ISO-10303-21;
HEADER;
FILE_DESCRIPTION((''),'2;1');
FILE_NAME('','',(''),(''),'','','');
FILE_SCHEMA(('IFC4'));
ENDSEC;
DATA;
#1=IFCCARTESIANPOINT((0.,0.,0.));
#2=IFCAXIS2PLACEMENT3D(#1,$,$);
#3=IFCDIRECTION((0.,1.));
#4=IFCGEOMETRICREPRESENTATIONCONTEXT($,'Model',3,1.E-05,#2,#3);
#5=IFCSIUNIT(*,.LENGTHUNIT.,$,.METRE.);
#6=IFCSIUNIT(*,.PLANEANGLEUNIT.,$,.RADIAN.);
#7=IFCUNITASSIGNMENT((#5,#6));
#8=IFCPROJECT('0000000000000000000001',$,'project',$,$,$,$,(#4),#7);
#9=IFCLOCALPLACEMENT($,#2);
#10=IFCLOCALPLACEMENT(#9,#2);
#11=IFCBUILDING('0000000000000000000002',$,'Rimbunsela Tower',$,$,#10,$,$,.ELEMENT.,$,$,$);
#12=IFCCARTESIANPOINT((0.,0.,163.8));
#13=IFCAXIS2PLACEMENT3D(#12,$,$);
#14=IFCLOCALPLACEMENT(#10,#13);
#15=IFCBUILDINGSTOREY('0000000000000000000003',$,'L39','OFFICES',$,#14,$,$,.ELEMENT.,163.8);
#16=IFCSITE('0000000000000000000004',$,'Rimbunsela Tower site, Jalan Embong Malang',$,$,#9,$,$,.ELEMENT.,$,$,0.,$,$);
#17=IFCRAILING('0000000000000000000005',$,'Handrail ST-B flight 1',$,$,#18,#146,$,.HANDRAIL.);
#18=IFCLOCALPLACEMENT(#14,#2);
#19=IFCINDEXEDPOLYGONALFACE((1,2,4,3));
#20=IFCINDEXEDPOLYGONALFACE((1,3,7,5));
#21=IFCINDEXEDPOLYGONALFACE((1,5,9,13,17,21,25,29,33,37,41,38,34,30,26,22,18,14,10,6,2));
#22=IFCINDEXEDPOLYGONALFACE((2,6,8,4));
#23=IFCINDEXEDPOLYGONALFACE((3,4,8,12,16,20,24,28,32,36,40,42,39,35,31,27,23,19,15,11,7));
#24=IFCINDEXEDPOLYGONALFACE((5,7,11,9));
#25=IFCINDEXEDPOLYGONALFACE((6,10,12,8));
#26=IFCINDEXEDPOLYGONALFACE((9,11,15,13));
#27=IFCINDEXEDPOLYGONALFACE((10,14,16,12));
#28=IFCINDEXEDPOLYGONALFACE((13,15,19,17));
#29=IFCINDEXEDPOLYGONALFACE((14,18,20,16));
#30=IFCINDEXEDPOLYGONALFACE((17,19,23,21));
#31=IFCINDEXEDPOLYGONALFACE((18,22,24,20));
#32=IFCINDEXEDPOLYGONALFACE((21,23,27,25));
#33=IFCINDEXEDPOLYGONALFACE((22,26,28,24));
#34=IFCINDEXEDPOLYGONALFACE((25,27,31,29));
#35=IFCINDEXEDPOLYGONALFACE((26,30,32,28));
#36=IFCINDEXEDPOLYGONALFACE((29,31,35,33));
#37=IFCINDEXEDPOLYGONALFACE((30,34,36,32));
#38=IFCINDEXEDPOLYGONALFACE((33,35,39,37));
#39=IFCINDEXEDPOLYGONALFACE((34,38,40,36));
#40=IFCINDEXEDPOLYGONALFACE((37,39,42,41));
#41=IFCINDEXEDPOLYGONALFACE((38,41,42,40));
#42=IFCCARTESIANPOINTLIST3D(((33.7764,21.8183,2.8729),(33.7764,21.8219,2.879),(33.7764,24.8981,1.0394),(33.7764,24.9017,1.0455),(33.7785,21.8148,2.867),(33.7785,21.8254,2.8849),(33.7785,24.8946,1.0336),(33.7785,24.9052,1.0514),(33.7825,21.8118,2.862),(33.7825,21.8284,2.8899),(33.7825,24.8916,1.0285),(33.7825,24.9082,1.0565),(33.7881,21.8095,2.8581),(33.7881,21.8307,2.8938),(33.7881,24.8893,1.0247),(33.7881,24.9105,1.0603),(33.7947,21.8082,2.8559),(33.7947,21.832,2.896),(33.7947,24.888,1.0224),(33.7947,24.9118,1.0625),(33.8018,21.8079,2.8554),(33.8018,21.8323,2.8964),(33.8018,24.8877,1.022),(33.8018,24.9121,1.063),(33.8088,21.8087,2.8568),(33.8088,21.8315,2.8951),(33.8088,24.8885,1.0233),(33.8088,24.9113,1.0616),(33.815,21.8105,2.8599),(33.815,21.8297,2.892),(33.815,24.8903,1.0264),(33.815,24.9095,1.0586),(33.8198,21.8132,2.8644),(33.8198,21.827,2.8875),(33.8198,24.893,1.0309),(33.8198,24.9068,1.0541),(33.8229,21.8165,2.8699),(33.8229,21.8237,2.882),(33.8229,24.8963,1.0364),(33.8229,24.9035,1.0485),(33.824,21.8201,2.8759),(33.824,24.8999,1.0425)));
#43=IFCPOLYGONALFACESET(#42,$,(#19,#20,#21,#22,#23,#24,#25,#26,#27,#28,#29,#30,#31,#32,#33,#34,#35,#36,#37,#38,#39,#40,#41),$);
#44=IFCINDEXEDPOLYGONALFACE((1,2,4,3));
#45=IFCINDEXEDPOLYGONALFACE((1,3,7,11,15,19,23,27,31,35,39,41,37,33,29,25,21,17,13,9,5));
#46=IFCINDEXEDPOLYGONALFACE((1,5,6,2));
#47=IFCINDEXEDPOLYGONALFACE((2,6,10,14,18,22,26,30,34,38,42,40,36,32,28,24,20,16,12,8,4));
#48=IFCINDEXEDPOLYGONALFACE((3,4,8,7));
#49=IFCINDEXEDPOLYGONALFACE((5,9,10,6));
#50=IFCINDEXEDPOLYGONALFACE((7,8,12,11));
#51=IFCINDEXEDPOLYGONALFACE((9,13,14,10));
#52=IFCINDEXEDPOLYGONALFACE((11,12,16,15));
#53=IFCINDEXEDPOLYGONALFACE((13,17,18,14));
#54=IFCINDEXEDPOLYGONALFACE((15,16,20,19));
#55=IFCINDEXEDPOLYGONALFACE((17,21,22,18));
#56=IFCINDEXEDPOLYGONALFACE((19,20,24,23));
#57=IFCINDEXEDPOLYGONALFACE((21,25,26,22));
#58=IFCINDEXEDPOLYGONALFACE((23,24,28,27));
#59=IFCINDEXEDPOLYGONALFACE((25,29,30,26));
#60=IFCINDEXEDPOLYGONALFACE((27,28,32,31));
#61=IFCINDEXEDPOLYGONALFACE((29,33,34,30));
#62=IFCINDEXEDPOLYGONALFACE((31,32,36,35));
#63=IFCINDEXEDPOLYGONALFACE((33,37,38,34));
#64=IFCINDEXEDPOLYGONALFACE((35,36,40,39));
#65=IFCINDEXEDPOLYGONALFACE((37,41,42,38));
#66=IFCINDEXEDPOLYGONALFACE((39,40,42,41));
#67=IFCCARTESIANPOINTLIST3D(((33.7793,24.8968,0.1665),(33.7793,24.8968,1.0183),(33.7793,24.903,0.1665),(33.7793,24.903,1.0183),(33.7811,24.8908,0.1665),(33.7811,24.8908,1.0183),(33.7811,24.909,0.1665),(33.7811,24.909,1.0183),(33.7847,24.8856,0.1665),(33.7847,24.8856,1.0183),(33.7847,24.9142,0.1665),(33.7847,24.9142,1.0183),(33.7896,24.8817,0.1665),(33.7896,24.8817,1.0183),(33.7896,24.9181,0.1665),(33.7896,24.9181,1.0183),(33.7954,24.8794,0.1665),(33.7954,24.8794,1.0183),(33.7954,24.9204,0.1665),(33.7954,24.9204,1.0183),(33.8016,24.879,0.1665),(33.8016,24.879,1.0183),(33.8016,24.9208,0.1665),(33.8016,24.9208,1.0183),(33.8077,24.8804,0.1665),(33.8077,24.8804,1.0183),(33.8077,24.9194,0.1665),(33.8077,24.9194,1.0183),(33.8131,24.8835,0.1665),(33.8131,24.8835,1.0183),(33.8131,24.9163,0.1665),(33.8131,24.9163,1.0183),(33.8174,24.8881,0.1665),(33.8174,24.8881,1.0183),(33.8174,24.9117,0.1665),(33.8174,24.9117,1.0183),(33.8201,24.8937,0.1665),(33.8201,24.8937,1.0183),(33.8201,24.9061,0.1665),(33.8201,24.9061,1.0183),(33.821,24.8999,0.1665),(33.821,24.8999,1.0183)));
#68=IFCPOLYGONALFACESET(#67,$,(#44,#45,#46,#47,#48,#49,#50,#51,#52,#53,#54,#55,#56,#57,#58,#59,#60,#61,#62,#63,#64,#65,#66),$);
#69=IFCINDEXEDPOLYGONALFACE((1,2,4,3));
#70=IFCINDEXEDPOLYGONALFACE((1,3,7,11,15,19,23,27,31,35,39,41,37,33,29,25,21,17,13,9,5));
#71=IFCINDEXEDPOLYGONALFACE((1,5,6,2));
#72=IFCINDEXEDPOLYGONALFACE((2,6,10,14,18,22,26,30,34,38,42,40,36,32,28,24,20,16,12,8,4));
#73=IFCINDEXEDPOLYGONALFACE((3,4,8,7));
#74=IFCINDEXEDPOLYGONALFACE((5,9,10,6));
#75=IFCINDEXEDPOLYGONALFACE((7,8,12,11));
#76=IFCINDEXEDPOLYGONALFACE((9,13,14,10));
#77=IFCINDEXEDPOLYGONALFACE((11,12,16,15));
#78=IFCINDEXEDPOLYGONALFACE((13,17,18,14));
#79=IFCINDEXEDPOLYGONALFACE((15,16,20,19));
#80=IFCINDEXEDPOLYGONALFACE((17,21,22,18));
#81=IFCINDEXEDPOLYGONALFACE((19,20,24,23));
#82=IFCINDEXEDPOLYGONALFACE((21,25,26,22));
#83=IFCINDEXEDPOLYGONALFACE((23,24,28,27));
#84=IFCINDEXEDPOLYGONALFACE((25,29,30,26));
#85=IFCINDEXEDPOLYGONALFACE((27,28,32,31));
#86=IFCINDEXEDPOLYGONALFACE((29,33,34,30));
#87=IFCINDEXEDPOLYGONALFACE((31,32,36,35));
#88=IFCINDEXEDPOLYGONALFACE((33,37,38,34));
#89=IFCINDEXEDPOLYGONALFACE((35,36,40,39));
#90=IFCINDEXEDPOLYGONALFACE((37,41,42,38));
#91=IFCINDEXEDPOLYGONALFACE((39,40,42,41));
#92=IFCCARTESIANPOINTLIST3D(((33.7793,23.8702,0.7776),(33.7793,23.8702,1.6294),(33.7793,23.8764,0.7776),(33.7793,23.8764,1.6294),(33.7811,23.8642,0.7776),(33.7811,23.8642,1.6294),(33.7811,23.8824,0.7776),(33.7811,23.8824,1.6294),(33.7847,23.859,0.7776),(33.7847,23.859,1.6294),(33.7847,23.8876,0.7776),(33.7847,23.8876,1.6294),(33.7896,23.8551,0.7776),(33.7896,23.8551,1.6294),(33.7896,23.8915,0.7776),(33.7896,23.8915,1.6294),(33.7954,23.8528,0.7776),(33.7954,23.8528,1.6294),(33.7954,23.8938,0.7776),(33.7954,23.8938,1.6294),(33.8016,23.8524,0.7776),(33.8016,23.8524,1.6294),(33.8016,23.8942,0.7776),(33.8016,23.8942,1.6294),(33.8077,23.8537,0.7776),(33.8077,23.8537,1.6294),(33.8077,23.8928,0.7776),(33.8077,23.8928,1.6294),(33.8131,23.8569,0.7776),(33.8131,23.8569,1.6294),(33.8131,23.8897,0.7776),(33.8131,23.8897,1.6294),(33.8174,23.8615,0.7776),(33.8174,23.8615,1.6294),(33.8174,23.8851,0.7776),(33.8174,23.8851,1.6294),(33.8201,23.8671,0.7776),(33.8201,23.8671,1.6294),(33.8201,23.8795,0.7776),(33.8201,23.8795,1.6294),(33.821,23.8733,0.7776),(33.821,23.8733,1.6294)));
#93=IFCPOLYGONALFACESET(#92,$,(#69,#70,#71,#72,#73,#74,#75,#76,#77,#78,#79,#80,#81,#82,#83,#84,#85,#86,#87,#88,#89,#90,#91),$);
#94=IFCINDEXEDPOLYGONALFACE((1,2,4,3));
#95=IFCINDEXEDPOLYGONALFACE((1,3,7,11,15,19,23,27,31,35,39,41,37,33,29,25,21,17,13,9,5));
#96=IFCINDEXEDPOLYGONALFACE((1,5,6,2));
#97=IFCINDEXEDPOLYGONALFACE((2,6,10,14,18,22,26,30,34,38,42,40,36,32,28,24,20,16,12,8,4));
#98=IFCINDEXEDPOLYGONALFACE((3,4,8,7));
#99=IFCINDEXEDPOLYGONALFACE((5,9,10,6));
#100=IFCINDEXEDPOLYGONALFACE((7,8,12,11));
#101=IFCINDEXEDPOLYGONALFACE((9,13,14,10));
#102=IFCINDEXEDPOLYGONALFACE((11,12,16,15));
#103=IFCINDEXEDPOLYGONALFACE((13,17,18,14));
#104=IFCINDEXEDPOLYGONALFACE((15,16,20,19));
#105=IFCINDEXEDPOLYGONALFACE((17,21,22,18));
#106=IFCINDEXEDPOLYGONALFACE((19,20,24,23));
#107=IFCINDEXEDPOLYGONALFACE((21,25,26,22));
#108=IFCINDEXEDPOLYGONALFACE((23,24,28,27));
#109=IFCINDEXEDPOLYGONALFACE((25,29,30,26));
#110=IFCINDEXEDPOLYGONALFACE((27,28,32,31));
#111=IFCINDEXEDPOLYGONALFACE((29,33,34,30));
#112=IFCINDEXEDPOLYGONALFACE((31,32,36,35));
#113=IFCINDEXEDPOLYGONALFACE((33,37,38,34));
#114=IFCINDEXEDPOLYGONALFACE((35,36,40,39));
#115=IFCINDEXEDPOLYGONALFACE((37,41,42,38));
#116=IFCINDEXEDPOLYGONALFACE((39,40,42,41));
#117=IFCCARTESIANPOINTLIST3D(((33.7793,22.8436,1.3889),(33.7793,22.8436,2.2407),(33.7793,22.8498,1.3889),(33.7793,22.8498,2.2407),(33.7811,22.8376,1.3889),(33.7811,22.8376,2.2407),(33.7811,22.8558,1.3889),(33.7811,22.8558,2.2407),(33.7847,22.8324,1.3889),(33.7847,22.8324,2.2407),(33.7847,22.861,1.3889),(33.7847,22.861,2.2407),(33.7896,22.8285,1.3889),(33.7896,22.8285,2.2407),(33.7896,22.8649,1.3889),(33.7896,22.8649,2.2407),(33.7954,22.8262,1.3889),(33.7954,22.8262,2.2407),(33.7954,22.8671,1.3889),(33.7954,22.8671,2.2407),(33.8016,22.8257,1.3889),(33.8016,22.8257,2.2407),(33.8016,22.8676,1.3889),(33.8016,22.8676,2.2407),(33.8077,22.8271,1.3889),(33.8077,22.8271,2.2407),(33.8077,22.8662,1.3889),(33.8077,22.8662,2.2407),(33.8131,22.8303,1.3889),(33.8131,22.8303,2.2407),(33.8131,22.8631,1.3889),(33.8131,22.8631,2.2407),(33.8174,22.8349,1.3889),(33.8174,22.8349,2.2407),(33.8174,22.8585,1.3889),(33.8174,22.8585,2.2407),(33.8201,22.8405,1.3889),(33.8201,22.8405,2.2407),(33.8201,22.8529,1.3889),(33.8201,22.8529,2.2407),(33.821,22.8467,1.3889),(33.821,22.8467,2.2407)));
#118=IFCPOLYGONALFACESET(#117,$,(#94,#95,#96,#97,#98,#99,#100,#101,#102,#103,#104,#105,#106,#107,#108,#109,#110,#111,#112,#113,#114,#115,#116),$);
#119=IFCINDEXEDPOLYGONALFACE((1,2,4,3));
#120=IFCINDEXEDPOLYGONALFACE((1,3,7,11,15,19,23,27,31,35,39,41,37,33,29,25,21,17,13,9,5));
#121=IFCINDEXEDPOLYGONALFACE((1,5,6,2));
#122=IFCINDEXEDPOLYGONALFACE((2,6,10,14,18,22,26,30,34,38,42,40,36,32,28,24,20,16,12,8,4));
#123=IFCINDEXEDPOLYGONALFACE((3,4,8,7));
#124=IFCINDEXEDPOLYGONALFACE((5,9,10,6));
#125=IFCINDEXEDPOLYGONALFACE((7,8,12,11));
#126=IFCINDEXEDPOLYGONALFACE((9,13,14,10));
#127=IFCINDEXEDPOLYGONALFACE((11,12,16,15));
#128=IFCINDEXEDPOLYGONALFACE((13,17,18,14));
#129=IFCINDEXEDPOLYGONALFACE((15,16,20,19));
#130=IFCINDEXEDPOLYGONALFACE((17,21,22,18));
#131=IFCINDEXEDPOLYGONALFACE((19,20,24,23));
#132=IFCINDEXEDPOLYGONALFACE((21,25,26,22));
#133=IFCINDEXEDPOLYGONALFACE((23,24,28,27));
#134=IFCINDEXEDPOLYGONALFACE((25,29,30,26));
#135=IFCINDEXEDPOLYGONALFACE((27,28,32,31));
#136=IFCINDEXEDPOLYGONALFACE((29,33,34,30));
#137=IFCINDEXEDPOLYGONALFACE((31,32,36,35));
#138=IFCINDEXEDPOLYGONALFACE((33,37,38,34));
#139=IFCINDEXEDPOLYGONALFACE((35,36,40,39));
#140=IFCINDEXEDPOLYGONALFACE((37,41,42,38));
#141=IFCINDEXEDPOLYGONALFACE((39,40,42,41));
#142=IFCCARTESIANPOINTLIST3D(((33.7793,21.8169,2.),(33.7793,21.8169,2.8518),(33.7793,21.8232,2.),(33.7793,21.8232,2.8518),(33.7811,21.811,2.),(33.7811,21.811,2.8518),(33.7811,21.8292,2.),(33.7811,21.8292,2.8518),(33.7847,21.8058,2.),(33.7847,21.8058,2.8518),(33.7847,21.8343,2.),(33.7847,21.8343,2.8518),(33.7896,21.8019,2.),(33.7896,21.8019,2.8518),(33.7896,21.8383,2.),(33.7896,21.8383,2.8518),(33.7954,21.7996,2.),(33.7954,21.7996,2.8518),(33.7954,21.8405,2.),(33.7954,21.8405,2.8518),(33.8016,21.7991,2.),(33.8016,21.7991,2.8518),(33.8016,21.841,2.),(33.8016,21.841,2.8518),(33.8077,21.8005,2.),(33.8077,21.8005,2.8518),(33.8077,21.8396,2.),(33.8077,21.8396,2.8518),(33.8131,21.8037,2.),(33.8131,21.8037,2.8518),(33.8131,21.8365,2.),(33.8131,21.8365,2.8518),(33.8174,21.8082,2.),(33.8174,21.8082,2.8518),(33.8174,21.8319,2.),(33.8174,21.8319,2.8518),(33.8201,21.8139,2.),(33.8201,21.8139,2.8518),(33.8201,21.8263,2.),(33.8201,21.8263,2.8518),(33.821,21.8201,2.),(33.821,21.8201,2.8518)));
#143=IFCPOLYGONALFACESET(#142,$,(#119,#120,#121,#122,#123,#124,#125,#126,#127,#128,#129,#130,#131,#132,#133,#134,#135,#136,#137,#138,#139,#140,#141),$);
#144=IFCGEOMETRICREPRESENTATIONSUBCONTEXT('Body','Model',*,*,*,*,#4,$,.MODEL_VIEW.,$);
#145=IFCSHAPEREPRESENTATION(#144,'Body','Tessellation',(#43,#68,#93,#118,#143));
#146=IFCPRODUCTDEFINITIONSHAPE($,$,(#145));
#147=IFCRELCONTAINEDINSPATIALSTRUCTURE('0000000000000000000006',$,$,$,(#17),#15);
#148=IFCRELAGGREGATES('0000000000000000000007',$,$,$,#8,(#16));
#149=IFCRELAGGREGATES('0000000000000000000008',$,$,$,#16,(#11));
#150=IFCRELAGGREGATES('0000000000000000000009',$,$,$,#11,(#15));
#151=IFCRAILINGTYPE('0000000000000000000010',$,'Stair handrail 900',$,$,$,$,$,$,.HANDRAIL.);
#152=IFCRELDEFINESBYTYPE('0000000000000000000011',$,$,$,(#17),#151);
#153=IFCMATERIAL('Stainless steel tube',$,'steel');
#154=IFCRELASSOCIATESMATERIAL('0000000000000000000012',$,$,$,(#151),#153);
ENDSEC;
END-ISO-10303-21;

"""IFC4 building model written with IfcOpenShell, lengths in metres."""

from ifc_helpers import new_model, si_unit, direction, frame, origin, origin_2d, place, context, subcontext, project, spatial, circle, extrude, material, type_object, element, save


model = new_model("IFC4")

# Units and contexts
model_context = context("Model", 3, precision=1e-05, world=origin(), true_north=direction((0.0, 1.0)))
body_context = subcontext(model_context, "Body", "Model", "MODEL_VIEW")
ifc_project = project(units=[si_unit("LENGTHUNIT", "METRE"), si_unit("PLANEANGLEUNIT", "RADIAN")], contexts=[model_context])

# Site, building, storey
site_placement = place(None, origin())
site = spatial("IfcSite", under=ifc_project, at=site_placement, Name="Rimbunsela Tower site, Jalan Embong Malang", CompositionType="ELEMENT", RefElevation=0.0)
building_placement = place(site_placement, origin())
building = spatial("IfcBuilding", under=site, at=building_placement, Name="Rimbunsela Tower", CompositionType="ELEMENT")
storey_placement = place(building_placement, frame((0.0, 0.0, 163.8)))
storey = spatial("IfcBuildingStorey", under=building, at=storey_placement, Name="L39", Description="OFFICES", CompositionType="ELEMENT", Elevation=163.8)

# Railing
ifc_material_1 = material(Name="Stainless steel tube", Category="steel")
railing_type = type_object("IfcRailingType", Name="Stair handrail 900", PredefinedType="HANDRAIL", material=ifc_material_1)
for number, where, name in (
    (1, (33.8, 24.8999, 0.1665), "Handrail ST-B flight 1"),
):
    element("IfcRailing", number, at=place(storey_placement, frame(where)), inside=storey, type_object=railing_type, Name=name, PredefinedType="HANDRAIL", context=body_context, shape_type="SweptSolid", body=[
        extrude(circle(Radius=0.0239, at=origin_2d()), frame((0.0, 0.0, 0.876), z_axis=(0.0, -0.859261, 0.511538), x_axis=(1.0, 0.0, 0.0)), (0.0, 0.0, 1.0), 3.5842),
        extrude(circle(Radius=0.021, at=origin_2d()), origin(), (0.0, 0.0, 1.0), 0.8518),
        extrude(circle(Radius=0.021, at=origin_2d()), frame((0.0, -1.0266, 0.6111)), (0.0, 0.0, 1.0), 0.8518),
        extrude(circle(Radius=0.021, at=origin_2d()), frame((0.0, -2.0532, 1.2224)), (0.0, 0.0, 1.0), 0.8518),
        extrude(circle(Radius=0.021, at=origin_2d()), frame((0.0, -3.0798, 1.8335)), (0.0, 0.0, 1.0), 0.8518),
    ])

save(model, "model.ifc")
